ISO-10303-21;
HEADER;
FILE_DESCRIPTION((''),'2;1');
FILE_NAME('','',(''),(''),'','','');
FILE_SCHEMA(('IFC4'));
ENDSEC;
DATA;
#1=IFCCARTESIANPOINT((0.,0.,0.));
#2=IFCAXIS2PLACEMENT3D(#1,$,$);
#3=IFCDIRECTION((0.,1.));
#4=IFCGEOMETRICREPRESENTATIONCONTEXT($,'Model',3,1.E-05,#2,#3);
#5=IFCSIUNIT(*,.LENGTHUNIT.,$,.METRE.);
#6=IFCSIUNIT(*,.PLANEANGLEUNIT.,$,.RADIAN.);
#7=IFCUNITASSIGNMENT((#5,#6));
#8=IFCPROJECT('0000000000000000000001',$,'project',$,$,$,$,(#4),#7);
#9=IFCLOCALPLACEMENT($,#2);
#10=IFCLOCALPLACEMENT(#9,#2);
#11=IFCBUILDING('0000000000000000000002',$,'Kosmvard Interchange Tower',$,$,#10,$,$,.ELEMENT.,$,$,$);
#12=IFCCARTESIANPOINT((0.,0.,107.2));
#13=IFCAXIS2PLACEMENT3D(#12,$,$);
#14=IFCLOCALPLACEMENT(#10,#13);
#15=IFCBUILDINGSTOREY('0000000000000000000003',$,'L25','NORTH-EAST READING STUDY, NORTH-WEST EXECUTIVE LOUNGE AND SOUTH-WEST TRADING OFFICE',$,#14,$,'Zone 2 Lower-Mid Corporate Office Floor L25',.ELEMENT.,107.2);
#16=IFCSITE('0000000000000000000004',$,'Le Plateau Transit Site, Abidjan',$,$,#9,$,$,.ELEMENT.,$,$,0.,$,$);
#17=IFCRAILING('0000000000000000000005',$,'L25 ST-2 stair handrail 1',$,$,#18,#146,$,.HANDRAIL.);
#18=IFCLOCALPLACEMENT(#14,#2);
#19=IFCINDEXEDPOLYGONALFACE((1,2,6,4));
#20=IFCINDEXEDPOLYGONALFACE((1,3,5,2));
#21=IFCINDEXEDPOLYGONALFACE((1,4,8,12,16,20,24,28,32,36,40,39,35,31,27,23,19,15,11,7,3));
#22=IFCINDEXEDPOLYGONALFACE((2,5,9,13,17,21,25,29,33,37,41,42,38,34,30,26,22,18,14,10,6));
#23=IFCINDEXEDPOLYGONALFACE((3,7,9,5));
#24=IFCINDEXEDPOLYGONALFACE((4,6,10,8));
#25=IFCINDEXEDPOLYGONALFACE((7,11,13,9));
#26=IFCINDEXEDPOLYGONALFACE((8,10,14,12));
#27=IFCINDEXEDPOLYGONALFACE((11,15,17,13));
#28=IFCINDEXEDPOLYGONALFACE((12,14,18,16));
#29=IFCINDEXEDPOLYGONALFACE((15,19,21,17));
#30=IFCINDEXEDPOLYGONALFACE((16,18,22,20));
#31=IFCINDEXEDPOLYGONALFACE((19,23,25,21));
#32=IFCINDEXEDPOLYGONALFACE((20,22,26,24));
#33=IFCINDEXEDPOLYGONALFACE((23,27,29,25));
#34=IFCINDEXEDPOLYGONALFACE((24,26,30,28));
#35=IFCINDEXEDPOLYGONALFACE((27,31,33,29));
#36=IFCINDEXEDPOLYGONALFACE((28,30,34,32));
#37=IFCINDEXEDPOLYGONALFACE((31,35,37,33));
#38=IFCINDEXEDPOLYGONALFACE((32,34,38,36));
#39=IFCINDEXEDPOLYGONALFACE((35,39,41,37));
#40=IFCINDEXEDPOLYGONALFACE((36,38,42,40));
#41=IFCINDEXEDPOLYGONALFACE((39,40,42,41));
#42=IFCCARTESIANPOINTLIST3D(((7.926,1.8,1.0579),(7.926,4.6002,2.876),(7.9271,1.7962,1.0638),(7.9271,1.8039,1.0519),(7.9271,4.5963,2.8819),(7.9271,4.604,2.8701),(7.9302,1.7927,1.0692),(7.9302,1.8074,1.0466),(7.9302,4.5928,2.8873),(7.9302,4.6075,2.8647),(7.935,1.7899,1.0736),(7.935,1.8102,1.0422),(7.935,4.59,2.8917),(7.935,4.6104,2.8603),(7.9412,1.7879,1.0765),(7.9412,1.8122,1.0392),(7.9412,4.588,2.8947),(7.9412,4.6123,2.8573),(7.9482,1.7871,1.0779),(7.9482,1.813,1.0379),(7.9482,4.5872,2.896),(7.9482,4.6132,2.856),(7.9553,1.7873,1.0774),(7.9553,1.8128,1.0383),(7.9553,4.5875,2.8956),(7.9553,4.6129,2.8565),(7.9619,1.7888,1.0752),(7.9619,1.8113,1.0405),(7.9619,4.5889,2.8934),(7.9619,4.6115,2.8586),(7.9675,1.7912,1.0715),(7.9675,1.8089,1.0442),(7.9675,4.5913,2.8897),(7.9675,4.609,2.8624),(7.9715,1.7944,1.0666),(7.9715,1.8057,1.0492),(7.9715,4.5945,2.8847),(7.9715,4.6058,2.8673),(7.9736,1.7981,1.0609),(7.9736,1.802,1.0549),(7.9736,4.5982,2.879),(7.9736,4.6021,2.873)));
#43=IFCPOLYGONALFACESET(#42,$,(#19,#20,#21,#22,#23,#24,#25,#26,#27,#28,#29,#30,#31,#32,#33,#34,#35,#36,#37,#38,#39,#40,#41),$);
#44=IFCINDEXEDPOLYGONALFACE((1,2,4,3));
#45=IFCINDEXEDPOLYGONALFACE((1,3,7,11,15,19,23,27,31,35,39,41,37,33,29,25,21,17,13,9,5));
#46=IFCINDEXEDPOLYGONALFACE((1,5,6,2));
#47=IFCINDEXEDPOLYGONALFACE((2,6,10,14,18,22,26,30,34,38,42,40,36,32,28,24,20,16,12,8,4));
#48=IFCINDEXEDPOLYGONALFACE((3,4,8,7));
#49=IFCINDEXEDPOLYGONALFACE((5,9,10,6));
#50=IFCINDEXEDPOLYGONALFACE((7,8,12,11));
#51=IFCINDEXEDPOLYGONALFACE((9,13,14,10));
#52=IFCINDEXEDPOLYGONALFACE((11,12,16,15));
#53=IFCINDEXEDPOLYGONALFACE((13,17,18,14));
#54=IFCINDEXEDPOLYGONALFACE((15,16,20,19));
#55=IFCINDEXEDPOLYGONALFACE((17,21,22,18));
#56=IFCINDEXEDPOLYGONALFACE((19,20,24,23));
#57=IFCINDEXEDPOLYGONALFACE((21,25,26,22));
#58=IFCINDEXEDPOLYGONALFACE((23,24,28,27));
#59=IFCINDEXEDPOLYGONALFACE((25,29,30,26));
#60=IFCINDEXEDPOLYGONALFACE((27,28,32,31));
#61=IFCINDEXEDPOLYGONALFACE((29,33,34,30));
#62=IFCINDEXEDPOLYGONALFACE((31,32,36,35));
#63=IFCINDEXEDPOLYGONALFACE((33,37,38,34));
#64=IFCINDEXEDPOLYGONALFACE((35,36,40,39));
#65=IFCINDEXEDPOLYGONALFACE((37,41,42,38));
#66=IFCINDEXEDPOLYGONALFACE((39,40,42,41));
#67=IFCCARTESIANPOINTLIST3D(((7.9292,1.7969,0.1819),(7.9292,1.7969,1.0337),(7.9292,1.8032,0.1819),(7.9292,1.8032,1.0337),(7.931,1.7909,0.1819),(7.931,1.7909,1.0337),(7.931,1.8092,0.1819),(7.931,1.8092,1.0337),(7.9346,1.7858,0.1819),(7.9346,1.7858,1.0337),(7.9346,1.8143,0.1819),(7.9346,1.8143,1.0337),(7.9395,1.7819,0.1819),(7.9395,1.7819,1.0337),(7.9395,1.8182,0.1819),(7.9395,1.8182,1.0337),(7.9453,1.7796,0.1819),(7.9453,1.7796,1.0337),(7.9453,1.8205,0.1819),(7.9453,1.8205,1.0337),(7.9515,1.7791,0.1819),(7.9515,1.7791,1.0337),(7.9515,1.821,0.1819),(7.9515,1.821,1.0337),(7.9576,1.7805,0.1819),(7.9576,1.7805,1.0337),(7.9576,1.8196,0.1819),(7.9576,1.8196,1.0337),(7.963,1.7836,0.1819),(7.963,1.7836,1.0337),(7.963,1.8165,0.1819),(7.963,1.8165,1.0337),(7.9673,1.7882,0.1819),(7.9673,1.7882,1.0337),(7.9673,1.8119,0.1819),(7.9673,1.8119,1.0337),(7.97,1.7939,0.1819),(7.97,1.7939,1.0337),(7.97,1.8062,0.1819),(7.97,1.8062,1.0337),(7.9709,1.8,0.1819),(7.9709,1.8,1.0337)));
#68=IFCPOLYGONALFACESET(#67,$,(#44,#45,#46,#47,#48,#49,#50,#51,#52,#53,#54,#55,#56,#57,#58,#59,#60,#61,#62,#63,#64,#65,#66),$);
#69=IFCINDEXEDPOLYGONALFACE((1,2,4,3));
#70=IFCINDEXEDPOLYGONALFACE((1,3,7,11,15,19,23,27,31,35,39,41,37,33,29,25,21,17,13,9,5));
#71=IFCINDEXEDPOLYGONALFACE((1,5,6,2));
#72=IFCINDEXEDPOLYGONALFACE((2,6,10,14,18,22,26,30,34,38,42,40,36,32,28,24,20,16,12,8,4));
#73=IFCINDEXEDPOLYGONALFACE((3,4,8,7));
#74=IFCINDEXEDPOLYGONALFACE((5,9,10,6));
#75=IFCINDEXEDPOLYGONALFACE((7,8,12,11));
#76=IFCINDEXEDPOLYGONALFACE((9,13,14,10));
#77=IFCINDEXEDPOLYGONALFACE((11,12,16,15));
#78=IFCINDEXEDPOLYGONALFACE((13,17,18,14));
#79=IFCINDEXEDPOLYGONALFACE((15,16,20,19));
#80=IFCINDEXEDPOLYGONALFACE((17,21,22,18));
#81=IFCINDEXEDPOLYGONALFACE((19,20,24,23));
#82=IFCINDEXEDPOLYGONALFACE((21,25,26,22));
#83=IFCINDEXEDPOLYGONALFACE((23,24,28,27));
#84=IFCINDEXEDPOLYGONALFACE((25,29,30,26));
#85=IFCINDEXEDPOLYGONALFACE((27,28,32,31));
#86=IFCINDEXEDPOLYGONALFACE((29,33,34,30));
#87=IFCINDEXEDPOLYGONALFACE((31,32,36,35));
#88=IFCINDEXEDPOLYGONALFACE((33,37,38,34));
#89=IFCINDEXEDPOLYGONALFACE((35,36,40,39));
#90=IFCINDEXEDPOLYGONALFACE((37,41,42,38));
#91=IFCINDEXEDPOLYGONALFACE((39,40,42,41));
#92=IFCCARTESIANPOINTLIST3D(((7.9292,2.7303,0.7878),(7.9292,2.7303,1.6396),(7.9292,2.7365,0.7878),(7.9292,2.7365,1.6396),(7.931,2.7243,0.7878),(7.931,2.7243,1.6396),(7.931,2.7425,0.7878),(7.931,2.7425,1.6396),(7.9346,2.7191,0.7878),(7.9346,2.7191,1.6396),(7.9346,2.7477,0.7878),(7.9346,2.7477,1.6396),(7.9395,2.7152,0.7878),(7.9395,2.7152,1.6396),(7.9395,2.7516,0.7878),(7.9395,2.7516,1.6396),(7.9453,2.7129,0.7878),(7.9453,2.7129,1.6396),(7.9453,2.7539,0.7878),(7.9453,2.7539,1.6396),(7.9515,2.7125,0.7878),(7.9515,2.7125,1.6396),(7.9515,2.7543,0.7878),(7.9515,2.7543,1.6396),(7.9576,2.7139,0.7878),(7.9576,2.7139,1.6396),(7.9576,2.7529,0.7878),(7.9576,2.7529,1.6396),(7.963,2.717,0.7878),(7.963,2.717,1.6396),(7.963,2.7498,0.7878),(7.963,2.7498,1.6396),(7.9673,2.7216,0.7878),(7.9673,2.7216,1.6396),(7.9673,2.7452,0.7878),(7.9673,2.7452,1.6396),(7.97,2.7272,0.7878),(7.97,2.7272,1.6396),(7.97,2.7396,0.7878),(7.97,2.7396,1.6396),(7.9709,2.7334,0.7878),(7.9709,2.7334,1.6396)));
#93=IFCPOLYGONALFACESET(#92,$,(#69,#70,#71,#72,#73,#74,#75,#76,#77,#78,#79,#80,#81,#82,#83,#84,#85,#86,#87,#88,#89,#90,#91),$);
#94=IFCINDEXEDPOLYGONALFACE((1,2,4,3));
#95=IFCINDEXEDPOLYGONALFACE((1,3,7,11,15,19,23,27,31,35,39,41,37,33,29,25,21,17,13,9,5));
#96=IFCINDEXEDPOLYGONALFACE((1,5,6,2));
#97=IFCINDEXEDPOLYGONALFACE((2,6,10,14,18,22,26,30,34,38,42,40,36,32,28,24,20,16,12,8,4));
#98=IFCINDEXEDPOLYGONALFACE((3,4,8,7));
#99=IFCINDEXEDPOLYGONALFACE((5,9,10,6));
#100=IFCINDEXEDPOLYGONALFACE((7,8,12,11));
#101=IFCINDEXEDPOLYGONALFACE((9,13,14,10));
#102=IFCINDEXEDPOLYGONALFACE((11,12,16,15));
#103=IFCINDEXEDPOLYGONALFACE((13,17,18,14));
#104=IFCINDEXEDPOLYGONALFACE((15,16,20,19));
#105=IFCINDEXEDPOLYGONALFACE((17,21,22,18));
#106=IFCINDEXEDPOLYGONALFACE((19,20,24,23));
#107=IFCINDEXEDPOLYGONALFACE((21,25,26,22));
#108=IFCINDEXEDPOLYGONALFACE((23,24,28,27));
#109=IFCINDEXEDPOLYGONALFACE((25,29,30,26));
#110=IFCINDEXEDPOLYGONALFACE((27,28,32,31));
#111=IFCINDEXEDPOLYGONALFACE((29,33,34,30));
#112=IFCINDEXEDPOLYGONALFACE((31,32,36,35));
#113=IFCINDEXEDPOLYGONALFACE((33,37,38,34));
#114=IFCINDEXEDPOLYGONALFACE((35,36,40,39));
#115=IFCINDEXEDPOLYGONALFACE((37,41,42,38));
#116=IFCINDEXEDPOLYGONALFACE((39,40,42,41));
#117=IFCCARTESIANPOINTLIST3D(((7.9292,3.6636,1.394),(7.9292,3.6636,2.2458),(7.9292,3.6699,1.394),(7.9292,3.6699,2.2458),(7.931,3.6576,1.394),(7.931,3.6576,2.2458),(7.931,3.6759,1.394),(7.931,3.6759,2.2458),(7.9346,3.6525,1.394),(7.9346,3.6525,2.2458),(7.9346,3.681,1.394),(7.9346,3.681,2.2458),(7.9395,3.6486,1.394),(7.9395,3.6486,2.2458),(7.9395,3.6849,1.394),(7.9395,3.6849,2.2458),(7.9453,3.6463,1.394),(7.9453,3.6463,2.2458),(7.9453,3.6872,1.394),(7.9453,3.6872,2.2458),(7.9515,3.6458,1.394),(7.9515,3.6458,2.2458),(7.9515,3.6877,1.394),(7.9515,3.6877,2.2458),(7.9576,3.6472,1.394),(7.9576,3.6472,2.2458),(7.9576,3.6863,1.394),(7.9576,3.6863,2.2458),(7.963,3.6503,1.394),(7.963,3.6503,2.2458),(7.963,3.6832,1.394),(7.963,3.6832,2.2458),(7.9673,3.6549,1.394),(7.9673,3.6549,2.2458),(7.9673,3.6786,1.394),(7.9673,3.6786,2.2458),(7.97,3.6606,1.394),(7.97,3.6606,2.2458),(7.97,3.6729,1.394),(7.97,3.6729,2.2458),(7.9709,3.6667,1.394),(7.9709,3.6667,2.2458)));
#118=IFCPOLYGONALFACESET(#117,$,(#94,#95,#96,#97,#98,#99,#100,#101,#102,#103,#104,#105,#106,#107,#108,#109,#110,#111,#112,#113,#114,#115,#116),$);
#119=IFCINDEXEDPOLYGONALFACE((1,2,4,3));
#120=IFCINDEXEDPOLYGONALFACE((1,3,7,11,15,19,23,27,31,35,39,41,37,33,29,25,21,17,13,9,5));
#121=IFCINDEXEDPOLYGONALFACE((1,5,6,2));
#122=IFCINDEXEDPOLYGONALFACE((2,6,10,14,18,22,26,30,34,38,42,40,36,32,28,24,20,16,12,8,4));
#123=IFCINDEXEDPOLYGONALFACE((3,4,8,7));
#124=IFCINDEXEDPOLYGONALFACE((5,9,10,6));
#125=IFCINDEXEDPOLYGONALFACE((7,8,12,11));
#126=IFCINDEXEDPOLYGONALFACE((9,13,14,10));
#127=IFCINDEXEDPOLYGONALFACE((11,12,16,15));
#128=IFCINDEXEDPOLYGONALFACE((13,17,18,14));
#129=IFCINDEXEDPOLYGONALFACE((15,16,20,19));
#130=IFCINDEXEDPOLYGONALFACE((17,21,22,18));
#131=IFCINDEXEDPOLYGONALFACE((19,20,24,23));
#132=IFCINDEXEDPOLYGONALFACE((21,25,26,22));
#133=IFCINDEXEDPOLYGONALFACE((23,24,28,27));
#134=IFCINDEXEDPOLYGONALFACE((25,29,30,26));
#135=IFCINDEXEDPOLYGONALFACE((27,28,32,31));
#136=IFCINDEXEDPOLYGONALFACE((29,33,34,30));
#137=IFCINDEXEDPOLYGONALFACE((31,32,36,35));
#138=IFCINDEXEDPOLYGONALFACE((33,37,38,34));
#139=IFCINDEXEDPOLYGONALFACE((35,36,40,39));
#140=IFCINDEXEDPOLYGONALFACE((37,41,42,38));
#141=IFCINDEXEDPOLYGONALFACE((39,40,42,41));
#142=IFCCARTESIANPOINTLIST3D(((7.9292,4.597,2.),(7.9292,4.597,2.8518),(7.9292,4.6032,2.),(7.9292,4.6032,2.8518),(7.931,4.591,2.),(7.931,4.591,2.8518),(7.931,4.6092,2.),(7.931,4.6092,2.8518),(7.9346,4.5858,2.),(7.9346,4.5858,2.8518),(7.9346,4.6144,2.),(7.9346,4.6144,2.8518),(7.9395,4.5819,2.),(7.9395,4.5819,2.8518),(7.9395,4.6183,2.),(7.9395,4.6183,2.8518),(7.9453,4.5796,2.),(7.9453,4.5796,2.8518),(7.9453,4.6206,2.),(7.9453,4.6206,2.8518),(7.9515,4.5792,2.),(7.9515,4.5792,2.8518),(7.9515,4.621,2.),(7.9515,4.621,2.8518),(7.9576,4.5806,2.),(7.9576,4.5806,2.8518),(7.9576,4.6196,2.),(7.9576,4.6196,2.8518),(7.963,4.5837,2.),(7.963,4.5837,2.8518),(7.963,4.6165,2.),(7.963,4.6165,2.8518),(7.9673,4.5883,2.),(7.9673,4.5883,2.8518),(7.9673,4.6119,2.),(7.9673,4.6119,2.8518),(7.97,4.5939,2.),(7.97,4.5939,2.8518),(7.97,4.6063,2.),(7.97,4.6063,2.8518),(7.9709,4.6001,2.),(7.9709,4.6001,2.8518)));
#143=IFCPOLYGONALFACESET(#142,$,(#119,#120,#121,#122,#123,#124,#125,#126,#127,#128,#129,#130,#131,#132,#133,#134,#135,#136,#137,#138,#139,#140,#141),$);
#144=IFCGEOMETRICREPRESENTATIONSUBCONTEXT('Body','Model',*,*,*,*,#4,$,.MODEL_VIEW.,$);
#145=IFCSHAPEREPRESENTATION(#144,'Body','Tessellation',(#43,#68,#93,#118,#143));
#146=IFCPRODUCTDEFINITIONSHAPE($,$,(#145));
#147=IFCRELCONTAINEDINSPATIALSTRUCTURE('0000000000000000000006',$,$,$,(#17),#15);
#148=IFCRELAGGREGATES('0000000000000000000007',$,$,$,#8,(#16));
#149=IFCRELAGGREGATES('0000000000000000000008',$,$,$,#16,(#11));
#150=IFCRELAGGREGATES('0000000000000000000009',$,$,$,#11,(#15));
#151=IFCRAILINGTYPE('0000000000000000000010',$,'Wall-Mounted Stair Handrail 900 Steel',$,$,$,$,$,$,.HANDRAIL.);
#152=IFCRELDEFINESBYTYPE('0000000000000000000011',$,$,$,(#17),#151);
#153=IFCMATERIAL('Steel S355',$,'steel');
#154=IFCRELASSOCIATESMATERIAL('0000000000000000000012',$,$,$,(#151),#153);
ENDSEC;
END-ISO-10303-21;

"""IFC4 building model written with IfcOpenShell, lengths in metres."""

from ifc_helpers import new_model, si_unit, direction, frame, origin, origin_2d, place, context, subcontext, project, spatial, circle, extrude, source, transform, mapped, material, type_object, element, save


model = new_model("IFC4")

# Units and contexts
model_context = context("Model", 3, precision=1e-05, world=origin(), true_north=direction((0.0, 1.0)))
body_context = subcontext(model_context, "Body", "Model", "MODEL_VIEW")
ifc_project = project(units=[si_unit("LENGTHUNIT", "METRE"), si_unit("PLANEANGLEUNIT", "RADIAN")], contexts=[model_context])

# Site, building, storey
site_placement = place(None, origin())
site = spatial("IfcSite", under=ifc_project, at=site_placement, Name="Le Plateau Transit Site, Abidjan", CompositionType="ELEMENT", RefElevation=0.0)
building_placement = place(site_placement, origin())
building = spatial("IfcBuilding", under=site, at=building_placement, Name="Kosmvard Interchange Tower", CompositionType="ELEMENT")
storey_placement = place(building_placement, frame((0.0, 0.0, 107.2)))
storey = spatial("IfcBuildingStorey", under=building, at=storey_placement, Name="L25", Description="NORTH-EAST READING STUDY, NORTH-WEST EXECUTIVE LOUNGE AND SOUTH-WEST TRADING OFFICE", LongName="Zone 2 Lower-Mid Corporate Office Floor L25", CompositionType="ELEMENT", Elevation=107.2)

# Shared definitions
ifc_material_1 = material(Name="Steel S355", Category="steel")

# Railing
railing_type_1 = type_object("IfcRailingType", Name="Wall-Mounted Stair Handrail 900 Steel", PredefinedType="HANDRAIL", material=ifc_material_1)
shared_shape_1 = source(origin(), body_context, "Body", "SweptSolid", [
    extrude(circle(Radius=0.0239, at=origin_2d()), frame((0.0, 0.0, 0.876), z_axis=(0.0, 0.838706, 0.544585), x_axis=(-1.0, 0.0, 0.0)), (0.0, 0.0, 1.0), 3.3386),
    extrude(circle(Radius=0.021, at=origin_2d()), origin(), (0.0, 0.0, 1.0), 0.8518),
    extrude(circle(Radius=0.021, at=origin_2d()), frame((0.0, 0.9333, 0.606)), (0.0, 0.0, 1.0), 0.8518),
    extrude(circle(Radius=0.021, at=origin_2d()), frame((0.0, 1.8667, 1.2122)), (0.0, 0.0, 1.0), 0.8518),
    extrude(circle(Radius=0.021, at=origin_2d()), frame((0.0, 2.8, 1.8181)), (0.0, 0.0, 1.0), 0.8518),
])
railing_1_placement = place(storey_placement, frame((7.95, 1.8, 0.1819)))
element("IfcRailing", 1, at=railing_1_placement, inside=storey, type_object=railing_type_1, Name="L25 ST-2 stair handrail 1", PredefinedType="HANDRAIL", context=body_context, shape_type="MappedRepresentation", body=[
    mapped(shared_shape_1, transform((0.0, 0.0, 0.0), scale=1.0)),
])

save(model, "model.ifc")
